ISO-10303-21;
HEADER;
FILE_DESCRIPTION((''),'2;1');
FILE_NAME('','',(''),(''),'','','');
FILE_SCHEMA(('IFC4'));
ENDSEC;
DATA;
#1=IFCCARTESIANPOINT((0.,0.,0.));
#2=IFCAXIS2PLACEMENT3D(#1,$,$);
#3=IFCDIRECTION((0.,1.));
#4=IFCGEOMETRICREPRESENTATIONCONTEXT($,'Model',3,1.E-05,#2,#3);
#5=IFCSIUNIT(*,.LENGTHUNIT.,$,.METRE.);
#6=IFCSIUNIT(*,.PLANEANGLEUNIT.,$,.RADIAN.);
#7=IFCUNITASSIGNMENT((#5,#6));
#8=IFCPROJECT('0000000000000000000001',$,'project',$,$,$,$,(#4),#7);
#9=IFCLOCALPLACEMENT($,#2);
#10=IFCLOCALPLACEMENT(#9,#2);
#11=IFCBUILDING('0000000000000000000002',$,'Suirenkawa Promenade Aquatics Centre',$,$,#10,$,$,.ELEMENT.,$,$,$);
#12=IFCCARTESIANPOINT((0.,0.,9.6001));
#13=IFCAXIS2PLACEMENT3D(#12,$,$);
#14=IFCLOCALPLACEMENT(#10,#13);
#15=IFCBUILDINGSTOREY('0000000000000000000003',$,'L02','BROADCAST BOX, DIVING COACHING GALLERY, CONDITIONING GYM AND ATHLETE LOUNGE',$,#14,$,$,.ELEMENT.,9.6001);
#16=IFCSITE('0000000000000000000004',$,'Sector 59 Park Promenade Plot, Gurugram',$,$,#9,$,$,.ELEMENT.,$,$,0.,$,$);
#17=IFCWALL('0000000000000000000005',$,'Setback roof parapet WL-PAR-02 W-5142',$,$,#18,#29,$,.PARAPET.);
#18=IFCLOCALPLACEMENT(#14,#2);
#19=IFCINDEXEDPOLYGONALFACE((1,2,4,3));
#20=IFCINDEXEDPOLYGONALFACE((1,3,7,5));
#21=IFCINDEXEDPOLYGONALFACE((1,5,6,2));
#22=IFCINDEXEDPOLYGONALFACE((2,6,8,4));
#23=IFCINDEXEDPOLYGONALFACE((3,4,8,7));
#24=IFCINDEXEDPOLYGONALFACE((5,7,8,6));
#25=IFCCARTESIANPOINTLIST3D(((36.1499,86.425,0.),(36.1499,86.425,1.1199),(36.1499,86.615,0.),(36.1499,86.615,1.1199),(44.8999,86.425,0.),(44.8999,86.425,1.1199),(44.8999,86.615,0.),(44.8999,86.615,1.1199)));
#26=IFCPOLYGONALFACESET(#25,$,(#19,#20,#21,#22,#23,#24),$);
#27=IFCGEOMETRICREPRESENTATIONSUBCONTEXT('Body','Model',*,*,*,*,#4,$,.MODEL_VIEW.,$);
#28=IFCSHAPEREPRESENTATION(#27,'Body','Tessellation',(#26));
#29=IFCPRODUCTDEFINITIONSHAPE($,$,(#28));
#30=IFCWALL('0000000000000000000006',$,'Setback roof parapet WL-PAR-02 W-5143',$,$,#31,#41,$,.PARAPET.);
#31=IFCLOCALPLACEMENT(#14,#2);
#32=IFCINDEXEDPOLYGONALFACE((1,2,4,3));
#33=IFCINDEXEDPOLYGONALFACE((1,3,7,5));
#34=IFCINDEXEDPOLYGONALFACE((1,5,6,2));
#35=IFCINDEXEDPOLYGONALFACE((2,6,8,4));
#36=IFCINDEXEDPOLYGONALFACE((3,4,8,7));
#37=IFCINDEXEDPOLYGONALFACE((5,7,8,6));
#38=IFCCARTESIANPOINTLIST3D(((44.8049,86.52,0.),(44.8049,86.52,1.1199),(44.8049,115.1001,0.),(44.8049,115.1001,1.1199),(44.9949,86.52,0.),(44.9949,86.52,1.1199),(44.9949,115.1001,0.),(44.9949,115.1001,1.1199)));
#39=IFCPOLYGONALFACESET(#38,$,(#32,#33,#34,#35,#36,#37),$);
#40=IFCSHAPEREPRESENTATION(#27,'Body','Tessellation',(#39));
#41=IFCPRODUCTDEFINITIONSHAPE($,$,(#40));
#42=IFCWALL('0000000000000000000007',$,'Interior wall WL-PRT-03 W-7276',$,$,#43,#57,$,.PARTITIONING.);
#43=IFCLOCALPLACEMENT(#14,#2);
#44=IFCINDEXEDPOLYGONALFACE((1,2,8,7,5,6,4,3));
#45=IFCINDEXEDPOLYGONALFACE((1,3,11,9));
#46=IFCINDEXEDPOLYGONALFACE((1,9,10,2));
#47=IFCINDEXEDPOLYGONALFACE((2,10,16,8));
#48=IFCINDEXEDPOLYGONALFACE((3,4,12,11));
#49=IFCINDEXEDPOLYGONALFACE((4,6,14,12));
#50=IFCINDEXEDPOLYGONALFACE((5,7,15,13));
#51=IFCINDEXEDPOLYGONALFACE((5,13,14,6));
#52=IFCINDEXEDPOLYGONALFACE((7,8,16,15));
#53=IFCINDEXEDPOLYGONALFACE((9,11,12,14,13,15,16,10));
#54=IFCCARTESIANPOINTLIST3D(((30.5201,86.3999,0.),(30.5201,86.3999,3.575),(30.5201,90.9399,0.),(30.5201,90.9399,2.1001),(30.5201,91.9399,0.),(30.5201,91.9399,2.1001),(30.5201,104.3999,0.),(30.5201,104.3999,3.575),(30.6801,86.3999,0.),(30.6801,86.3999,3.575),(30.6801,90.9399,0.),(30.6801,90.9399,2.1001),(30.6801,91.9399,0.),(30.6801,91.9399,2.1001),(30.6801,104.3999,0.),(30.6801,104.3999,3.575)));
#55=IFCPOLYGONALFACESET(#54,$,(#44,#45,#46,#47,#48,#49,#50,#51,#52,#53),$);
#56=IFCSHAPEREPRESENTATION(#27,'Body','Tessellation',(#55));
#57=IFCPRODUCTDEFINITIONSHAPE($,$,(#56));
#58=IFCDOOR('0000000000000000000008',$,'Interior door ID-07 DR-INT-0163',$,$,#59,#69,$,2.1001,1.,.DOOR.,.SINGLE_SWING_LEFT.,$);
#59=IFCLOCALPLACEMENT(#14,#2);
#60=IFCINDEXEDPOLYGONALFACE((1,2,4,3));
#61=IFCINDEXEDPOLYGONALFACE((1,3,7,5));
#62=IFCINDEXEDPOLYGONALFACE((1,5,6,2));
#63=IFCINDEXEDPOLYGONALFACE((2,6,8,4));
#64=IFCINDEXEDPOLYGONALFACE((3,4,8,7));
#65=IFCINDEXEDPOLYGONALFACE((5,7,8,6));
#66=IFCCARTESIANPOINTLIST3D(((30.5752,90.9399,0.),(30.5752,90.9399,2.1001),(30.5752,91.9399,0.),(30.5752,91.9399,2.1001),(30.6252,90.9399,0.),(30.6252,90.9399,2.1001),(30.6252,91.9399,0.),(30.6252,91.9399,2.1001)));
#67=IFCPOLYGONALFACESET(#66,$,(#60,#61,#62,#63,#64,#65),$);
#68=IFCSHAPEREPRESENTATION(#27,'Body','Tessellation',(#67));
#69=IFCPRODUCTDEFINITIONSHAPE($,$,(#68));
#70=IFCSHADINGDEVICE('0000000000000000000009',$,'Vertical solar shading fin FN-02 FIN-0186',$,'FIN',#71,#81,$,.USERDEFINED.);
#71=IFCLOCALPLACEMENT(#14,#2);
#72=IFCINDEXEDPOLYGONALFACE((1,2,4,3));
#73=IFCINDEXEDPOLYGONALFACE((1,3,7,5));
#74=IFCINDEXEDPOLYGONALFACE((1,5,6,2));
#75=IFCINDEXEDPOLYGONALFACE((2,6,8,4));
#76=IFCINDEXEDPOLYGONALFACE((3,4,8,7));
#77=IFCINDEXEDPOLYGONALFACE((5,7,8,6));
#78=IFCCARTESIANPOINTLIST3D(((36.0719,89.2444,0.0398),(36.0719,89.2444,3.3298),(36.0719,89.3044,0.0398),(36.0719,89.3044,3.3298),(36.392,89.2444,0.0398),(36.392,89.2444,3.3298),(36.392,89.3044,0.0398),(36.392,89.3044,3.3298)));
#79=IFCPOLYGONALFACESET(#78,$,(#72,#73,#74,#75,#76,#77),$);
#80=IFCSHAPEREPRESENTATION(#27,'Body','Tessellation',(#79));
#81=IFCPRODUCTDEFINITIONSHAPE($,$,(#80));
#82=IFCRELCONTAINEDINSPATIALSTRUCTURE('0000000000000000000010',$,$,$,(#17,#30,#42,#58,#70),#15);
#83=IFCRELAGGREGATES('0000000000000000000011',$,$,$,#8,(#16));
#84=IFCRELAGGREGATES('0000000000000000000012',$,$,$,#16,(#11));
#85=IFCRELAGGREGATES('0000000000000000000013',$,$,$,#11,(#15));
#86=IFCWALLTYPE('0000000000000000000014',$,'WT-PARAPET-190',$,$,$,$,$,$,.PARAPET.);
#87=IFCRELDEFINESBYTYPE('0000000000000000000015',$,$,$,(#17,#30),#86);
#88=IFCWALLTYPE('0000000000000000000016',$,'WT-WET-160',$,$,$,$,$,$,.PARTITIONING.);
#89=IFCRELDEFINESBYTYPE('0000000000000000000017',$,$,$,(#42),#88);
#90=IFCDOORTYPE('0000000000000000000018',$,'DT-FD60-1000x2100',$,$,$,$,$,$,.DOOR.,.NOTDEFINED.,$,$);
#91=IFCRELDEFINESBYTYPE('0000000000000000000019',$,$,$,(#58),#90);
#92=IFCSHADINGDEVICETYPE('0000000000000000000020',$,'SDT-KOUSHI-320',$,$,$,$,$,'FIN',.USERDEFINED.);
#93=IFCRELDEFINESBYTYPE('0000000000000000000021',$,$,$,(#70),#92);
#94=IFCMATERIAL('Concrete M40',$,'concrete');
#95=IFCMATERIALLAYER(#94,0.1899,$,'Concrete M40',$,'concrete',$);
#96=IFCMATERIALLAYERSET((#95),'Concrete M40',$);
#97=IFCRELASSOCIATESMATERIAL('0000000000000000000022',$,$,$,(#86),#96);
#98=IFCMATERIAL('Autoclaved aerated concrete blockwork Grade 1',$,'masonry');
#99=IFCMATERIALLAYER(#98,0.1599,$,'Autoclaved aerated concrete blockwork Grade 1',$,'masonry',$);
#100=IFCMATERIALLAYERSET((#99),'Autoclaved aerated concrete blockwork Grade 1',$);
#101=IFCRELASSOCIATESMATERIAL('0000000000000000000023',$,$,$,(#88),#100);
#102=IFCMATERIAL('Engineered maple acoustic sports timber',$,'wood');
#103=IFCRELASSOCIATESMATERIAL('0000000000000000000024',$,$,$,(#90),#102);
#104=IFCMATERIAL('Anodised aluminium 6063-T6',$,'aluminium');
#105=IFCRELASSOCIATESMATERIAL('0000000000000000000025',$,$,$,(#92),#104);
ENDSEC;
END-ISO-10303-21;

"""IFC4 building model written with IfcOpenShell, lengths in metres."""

from ifc_helpers import new_model, si_unit, direction, frame, frame_2d, origin, origin_2d, place, context, subcontext, project, spatial, rectangle, extrude, material, layer, layer_set, type_object, element, fill, save


model = new_model("IFC4")

# Units and contexts
model_context = context("Model", 3, precision=1e-05, world=origin(), true_north=direction((0.0, 1.0)))
body_context = subcontext(model_context, "Body", "Model", "MODEL_VIEW")
ifc_project = project(units=[si_unit("LENGTHUNIT", "METRE"), si_unit("PLANEANGLEUNIT", "RADIAN")], contexts=[model_context])

# Site, building, storey
site_placement = place(None, origin())
site = spatial("IfcSite", under=ifc_project, at=site_placement, Name="Sector 59 Park Promenade Plot, Gurugram", CompositionType="ELEMENT", RefElevation=0.0)
building_placement = place(site_placement, origin())
building = spatial("IfcBuilding", under=site, at=building_placement, Name="Suirenkawa Promenade Aquatics Centre", CompositionType="ELEMENT")
storey_placement = place(building_placement, frame((0.0, 0.0, 9.6001)))
storey = spatial("IfcBuildingStorey", under=building, at=storey_placement, Name="L02", Description="BROADCAST BOX, DIVING COACHING GALLERY, CONDITIONING GYM AND ATHLETE LOUNGE", CompositionType="ELEMENT", Elevation=9.6001)

# Shared definitions
ifc_material_1 = material(Name="Concrete M40", Category="concrete")

# Shared definitions
ifc_material_2 = material(Name="Anodised aluminium 6063-T6", Category="aluminium")

# Shared definitions
ifc_material_3 = material(Name="Autoclaved aerated concrete blockwork Grade 1", Category="masonry")
ifc_material_4 = material(Name="Engineered maple acoustic sports timber", Category="wood")

# Walls
ifc_layer_1 = layer(ifc_material_1, 0.1899, Name="Concrete M40", Category="concrete")
ifc_layer_set_1 = layer_set([ifc_layer_1], Name="Concrete M40")
wall_type_1 = type_object("IfcWallType", Name="WT-PARAPET-190", PredefinedType="PARAPET", material=ifc_layer_set_1)
wall_1_placement = place(storey_placement, frame((36.1499, 86.52, 0.0), z_axis=(0.0, 0.0, 1.0), x_axis=(1.0, 0.0, 0.0)))
element("IfcWall", 1, at=wall_1_placement, inside=storey, type_object=wall_type_1, Name="Setback roof parapet WL-PAR-02 W-5142", PredefinedType="PARAPET", context=body_context, shape_type="SweptSolid", body=[
    extrude(rectangle(XDim=8.75, YDim=0.1899, at=frame_2d((4.375, 0.0))), origin(), (0.0, 0.0, 1.0), 1.1199),
])
wall_2_placement = place(storey_placement, frame((44.8999, 86.52, 0.0), z_axis=(0.0, 0.0, 1.0), x_axis=(0.0, 1.0, 0.0)))
element("IfcWall", 2, at=wall_2_placement, inside=storey, type_object=wall_type_1, Name="Setback roof parapet WL-PAR-02 W-5143", PredefinedType="PARAPET", context=body_context, shape_type="SweptSolid", body=[
    extrude(rectangle(XDim=28.5801, YDim=0.1899, at=frame_2d((14.29, 0.0))), origin(), (0.0, 0.0, 1.0), 1.1199),
])

# Wall, opening, door
ifc_layer_2 = layer(ifc_material_3, 0.1599, Name="Autoclaved aerated concrete blockwork Grade 1", Category="masonry")
ifc_layer_set_2 = layer_set([ifc_layer_2], Name="Autoclaved aerated concrete blockwork Grade 1")
wall_type_2 = type_object("IfcWallType", Name="WT-WET-160", PredefinedType="PARTITIONING", material=ifc_layer_set_2)
wall_3_placement = place(storey_placement, frame((30.6001, 86.3999, 0.0), z_axis=(0.0, 0.0, 1.0), x_axis=(0.0, 1.0, 0.0)))
wall_3 = element("IfcWall", 3, at=wall_3_placement, inside=storey, type_object=wall_type_2, Name="Interior wall WL-PRT-03 W-7276", PredefinedType="PARTITIONING", context=body_context, shape_type="SweptSolid", body=[
    extrude(rectangle(XDim=18.0, YDim=0.1599, at=frame_2d((9.0, 0.0))), origin(), (0.0, 0.0, 1.0), 3.575),
])
opening_1_placement = place(wall_3_placement, frame((4.54, 0.0, 0.0)))
opening_1 = element("IfcOpeningElement", 4, at=opening_1_placement, cuts=wall_3, PredefinedType="OPENING", context=body_context, shape_type="SweptSolid", body=[
    extrude(rectangle(XDim=1.0, YDim=2.1001, at=frame_2d((0.5, 1.05))), frame((0.0, 0.0898, 0.0), z_axis=(0.0, -1.0, 0.0), x_axis=(1.0, 0.0, 0.0)), (0.0, 0.0, 1.0), 0.1799),
])
door_type_1 = type_object("IfcDoorType", Name="DT-FD60-1000x2100", OperationType="NOTDEFINED", PredefinedType="DOOR", material=ifc_material_4)
door_1_placement = place(opening_1_placement, origin())
door_1 = element("IfcDoor", 5, at=door_1_placement, inside=storey, type_object=door_type_1, Name="Interior door ID-07 DR-INT-0163", OperationType="SINGLE_SWING_LEFT", OverallHeight=2.1001, OverallWidth=1.0, PredefinedType="DOOR", context=body_context, shape_type="SweptSolid", body=[
    extrude(rectangle(XDim=1.0, YDim=2.1001, at=frame_2d((0.5, 1.05))), frame((0.0, 0.0249, 0.0), z_axis=(0.0, -1.0, 0.0), x_axis=(1.0, 0.0, 0.0)), (0.0, 0.0, 1.0), 0.05),
])
fill(opening_1, door_1)

# Shading device
shading_device_type = type_object("IfcShadingDeviceType", Name="SDT-KOUSHI-320", ElementType="FIN", PredefinedType="USERDEFINED", material=ifc_material_2)
shading_device_placement = place(storey_placement, frame((36.2319, 89.2744, 0.0398), z_axis=(0.0, 0.0, 1.0), x_axis=(1.0, 0.0, 0.0)))
element("IfcShadingDevice", 6, at=shading_device_placement, inside=storey, type_object=shading_device_type, Name="Vertical solar shading fin FN-02 FIN-0186", ObjectType="FIN", PredefinedType="USERDEFINED", context=body_context, shape_type="SweptSolid", body=[
    extrude(rectangle(XDim=0.3201, YDim=0.0601, at=origin_2d()), origin(), (0.0, 0.0, 1.0), 3.29),
])

save(model, "model.ifc")
